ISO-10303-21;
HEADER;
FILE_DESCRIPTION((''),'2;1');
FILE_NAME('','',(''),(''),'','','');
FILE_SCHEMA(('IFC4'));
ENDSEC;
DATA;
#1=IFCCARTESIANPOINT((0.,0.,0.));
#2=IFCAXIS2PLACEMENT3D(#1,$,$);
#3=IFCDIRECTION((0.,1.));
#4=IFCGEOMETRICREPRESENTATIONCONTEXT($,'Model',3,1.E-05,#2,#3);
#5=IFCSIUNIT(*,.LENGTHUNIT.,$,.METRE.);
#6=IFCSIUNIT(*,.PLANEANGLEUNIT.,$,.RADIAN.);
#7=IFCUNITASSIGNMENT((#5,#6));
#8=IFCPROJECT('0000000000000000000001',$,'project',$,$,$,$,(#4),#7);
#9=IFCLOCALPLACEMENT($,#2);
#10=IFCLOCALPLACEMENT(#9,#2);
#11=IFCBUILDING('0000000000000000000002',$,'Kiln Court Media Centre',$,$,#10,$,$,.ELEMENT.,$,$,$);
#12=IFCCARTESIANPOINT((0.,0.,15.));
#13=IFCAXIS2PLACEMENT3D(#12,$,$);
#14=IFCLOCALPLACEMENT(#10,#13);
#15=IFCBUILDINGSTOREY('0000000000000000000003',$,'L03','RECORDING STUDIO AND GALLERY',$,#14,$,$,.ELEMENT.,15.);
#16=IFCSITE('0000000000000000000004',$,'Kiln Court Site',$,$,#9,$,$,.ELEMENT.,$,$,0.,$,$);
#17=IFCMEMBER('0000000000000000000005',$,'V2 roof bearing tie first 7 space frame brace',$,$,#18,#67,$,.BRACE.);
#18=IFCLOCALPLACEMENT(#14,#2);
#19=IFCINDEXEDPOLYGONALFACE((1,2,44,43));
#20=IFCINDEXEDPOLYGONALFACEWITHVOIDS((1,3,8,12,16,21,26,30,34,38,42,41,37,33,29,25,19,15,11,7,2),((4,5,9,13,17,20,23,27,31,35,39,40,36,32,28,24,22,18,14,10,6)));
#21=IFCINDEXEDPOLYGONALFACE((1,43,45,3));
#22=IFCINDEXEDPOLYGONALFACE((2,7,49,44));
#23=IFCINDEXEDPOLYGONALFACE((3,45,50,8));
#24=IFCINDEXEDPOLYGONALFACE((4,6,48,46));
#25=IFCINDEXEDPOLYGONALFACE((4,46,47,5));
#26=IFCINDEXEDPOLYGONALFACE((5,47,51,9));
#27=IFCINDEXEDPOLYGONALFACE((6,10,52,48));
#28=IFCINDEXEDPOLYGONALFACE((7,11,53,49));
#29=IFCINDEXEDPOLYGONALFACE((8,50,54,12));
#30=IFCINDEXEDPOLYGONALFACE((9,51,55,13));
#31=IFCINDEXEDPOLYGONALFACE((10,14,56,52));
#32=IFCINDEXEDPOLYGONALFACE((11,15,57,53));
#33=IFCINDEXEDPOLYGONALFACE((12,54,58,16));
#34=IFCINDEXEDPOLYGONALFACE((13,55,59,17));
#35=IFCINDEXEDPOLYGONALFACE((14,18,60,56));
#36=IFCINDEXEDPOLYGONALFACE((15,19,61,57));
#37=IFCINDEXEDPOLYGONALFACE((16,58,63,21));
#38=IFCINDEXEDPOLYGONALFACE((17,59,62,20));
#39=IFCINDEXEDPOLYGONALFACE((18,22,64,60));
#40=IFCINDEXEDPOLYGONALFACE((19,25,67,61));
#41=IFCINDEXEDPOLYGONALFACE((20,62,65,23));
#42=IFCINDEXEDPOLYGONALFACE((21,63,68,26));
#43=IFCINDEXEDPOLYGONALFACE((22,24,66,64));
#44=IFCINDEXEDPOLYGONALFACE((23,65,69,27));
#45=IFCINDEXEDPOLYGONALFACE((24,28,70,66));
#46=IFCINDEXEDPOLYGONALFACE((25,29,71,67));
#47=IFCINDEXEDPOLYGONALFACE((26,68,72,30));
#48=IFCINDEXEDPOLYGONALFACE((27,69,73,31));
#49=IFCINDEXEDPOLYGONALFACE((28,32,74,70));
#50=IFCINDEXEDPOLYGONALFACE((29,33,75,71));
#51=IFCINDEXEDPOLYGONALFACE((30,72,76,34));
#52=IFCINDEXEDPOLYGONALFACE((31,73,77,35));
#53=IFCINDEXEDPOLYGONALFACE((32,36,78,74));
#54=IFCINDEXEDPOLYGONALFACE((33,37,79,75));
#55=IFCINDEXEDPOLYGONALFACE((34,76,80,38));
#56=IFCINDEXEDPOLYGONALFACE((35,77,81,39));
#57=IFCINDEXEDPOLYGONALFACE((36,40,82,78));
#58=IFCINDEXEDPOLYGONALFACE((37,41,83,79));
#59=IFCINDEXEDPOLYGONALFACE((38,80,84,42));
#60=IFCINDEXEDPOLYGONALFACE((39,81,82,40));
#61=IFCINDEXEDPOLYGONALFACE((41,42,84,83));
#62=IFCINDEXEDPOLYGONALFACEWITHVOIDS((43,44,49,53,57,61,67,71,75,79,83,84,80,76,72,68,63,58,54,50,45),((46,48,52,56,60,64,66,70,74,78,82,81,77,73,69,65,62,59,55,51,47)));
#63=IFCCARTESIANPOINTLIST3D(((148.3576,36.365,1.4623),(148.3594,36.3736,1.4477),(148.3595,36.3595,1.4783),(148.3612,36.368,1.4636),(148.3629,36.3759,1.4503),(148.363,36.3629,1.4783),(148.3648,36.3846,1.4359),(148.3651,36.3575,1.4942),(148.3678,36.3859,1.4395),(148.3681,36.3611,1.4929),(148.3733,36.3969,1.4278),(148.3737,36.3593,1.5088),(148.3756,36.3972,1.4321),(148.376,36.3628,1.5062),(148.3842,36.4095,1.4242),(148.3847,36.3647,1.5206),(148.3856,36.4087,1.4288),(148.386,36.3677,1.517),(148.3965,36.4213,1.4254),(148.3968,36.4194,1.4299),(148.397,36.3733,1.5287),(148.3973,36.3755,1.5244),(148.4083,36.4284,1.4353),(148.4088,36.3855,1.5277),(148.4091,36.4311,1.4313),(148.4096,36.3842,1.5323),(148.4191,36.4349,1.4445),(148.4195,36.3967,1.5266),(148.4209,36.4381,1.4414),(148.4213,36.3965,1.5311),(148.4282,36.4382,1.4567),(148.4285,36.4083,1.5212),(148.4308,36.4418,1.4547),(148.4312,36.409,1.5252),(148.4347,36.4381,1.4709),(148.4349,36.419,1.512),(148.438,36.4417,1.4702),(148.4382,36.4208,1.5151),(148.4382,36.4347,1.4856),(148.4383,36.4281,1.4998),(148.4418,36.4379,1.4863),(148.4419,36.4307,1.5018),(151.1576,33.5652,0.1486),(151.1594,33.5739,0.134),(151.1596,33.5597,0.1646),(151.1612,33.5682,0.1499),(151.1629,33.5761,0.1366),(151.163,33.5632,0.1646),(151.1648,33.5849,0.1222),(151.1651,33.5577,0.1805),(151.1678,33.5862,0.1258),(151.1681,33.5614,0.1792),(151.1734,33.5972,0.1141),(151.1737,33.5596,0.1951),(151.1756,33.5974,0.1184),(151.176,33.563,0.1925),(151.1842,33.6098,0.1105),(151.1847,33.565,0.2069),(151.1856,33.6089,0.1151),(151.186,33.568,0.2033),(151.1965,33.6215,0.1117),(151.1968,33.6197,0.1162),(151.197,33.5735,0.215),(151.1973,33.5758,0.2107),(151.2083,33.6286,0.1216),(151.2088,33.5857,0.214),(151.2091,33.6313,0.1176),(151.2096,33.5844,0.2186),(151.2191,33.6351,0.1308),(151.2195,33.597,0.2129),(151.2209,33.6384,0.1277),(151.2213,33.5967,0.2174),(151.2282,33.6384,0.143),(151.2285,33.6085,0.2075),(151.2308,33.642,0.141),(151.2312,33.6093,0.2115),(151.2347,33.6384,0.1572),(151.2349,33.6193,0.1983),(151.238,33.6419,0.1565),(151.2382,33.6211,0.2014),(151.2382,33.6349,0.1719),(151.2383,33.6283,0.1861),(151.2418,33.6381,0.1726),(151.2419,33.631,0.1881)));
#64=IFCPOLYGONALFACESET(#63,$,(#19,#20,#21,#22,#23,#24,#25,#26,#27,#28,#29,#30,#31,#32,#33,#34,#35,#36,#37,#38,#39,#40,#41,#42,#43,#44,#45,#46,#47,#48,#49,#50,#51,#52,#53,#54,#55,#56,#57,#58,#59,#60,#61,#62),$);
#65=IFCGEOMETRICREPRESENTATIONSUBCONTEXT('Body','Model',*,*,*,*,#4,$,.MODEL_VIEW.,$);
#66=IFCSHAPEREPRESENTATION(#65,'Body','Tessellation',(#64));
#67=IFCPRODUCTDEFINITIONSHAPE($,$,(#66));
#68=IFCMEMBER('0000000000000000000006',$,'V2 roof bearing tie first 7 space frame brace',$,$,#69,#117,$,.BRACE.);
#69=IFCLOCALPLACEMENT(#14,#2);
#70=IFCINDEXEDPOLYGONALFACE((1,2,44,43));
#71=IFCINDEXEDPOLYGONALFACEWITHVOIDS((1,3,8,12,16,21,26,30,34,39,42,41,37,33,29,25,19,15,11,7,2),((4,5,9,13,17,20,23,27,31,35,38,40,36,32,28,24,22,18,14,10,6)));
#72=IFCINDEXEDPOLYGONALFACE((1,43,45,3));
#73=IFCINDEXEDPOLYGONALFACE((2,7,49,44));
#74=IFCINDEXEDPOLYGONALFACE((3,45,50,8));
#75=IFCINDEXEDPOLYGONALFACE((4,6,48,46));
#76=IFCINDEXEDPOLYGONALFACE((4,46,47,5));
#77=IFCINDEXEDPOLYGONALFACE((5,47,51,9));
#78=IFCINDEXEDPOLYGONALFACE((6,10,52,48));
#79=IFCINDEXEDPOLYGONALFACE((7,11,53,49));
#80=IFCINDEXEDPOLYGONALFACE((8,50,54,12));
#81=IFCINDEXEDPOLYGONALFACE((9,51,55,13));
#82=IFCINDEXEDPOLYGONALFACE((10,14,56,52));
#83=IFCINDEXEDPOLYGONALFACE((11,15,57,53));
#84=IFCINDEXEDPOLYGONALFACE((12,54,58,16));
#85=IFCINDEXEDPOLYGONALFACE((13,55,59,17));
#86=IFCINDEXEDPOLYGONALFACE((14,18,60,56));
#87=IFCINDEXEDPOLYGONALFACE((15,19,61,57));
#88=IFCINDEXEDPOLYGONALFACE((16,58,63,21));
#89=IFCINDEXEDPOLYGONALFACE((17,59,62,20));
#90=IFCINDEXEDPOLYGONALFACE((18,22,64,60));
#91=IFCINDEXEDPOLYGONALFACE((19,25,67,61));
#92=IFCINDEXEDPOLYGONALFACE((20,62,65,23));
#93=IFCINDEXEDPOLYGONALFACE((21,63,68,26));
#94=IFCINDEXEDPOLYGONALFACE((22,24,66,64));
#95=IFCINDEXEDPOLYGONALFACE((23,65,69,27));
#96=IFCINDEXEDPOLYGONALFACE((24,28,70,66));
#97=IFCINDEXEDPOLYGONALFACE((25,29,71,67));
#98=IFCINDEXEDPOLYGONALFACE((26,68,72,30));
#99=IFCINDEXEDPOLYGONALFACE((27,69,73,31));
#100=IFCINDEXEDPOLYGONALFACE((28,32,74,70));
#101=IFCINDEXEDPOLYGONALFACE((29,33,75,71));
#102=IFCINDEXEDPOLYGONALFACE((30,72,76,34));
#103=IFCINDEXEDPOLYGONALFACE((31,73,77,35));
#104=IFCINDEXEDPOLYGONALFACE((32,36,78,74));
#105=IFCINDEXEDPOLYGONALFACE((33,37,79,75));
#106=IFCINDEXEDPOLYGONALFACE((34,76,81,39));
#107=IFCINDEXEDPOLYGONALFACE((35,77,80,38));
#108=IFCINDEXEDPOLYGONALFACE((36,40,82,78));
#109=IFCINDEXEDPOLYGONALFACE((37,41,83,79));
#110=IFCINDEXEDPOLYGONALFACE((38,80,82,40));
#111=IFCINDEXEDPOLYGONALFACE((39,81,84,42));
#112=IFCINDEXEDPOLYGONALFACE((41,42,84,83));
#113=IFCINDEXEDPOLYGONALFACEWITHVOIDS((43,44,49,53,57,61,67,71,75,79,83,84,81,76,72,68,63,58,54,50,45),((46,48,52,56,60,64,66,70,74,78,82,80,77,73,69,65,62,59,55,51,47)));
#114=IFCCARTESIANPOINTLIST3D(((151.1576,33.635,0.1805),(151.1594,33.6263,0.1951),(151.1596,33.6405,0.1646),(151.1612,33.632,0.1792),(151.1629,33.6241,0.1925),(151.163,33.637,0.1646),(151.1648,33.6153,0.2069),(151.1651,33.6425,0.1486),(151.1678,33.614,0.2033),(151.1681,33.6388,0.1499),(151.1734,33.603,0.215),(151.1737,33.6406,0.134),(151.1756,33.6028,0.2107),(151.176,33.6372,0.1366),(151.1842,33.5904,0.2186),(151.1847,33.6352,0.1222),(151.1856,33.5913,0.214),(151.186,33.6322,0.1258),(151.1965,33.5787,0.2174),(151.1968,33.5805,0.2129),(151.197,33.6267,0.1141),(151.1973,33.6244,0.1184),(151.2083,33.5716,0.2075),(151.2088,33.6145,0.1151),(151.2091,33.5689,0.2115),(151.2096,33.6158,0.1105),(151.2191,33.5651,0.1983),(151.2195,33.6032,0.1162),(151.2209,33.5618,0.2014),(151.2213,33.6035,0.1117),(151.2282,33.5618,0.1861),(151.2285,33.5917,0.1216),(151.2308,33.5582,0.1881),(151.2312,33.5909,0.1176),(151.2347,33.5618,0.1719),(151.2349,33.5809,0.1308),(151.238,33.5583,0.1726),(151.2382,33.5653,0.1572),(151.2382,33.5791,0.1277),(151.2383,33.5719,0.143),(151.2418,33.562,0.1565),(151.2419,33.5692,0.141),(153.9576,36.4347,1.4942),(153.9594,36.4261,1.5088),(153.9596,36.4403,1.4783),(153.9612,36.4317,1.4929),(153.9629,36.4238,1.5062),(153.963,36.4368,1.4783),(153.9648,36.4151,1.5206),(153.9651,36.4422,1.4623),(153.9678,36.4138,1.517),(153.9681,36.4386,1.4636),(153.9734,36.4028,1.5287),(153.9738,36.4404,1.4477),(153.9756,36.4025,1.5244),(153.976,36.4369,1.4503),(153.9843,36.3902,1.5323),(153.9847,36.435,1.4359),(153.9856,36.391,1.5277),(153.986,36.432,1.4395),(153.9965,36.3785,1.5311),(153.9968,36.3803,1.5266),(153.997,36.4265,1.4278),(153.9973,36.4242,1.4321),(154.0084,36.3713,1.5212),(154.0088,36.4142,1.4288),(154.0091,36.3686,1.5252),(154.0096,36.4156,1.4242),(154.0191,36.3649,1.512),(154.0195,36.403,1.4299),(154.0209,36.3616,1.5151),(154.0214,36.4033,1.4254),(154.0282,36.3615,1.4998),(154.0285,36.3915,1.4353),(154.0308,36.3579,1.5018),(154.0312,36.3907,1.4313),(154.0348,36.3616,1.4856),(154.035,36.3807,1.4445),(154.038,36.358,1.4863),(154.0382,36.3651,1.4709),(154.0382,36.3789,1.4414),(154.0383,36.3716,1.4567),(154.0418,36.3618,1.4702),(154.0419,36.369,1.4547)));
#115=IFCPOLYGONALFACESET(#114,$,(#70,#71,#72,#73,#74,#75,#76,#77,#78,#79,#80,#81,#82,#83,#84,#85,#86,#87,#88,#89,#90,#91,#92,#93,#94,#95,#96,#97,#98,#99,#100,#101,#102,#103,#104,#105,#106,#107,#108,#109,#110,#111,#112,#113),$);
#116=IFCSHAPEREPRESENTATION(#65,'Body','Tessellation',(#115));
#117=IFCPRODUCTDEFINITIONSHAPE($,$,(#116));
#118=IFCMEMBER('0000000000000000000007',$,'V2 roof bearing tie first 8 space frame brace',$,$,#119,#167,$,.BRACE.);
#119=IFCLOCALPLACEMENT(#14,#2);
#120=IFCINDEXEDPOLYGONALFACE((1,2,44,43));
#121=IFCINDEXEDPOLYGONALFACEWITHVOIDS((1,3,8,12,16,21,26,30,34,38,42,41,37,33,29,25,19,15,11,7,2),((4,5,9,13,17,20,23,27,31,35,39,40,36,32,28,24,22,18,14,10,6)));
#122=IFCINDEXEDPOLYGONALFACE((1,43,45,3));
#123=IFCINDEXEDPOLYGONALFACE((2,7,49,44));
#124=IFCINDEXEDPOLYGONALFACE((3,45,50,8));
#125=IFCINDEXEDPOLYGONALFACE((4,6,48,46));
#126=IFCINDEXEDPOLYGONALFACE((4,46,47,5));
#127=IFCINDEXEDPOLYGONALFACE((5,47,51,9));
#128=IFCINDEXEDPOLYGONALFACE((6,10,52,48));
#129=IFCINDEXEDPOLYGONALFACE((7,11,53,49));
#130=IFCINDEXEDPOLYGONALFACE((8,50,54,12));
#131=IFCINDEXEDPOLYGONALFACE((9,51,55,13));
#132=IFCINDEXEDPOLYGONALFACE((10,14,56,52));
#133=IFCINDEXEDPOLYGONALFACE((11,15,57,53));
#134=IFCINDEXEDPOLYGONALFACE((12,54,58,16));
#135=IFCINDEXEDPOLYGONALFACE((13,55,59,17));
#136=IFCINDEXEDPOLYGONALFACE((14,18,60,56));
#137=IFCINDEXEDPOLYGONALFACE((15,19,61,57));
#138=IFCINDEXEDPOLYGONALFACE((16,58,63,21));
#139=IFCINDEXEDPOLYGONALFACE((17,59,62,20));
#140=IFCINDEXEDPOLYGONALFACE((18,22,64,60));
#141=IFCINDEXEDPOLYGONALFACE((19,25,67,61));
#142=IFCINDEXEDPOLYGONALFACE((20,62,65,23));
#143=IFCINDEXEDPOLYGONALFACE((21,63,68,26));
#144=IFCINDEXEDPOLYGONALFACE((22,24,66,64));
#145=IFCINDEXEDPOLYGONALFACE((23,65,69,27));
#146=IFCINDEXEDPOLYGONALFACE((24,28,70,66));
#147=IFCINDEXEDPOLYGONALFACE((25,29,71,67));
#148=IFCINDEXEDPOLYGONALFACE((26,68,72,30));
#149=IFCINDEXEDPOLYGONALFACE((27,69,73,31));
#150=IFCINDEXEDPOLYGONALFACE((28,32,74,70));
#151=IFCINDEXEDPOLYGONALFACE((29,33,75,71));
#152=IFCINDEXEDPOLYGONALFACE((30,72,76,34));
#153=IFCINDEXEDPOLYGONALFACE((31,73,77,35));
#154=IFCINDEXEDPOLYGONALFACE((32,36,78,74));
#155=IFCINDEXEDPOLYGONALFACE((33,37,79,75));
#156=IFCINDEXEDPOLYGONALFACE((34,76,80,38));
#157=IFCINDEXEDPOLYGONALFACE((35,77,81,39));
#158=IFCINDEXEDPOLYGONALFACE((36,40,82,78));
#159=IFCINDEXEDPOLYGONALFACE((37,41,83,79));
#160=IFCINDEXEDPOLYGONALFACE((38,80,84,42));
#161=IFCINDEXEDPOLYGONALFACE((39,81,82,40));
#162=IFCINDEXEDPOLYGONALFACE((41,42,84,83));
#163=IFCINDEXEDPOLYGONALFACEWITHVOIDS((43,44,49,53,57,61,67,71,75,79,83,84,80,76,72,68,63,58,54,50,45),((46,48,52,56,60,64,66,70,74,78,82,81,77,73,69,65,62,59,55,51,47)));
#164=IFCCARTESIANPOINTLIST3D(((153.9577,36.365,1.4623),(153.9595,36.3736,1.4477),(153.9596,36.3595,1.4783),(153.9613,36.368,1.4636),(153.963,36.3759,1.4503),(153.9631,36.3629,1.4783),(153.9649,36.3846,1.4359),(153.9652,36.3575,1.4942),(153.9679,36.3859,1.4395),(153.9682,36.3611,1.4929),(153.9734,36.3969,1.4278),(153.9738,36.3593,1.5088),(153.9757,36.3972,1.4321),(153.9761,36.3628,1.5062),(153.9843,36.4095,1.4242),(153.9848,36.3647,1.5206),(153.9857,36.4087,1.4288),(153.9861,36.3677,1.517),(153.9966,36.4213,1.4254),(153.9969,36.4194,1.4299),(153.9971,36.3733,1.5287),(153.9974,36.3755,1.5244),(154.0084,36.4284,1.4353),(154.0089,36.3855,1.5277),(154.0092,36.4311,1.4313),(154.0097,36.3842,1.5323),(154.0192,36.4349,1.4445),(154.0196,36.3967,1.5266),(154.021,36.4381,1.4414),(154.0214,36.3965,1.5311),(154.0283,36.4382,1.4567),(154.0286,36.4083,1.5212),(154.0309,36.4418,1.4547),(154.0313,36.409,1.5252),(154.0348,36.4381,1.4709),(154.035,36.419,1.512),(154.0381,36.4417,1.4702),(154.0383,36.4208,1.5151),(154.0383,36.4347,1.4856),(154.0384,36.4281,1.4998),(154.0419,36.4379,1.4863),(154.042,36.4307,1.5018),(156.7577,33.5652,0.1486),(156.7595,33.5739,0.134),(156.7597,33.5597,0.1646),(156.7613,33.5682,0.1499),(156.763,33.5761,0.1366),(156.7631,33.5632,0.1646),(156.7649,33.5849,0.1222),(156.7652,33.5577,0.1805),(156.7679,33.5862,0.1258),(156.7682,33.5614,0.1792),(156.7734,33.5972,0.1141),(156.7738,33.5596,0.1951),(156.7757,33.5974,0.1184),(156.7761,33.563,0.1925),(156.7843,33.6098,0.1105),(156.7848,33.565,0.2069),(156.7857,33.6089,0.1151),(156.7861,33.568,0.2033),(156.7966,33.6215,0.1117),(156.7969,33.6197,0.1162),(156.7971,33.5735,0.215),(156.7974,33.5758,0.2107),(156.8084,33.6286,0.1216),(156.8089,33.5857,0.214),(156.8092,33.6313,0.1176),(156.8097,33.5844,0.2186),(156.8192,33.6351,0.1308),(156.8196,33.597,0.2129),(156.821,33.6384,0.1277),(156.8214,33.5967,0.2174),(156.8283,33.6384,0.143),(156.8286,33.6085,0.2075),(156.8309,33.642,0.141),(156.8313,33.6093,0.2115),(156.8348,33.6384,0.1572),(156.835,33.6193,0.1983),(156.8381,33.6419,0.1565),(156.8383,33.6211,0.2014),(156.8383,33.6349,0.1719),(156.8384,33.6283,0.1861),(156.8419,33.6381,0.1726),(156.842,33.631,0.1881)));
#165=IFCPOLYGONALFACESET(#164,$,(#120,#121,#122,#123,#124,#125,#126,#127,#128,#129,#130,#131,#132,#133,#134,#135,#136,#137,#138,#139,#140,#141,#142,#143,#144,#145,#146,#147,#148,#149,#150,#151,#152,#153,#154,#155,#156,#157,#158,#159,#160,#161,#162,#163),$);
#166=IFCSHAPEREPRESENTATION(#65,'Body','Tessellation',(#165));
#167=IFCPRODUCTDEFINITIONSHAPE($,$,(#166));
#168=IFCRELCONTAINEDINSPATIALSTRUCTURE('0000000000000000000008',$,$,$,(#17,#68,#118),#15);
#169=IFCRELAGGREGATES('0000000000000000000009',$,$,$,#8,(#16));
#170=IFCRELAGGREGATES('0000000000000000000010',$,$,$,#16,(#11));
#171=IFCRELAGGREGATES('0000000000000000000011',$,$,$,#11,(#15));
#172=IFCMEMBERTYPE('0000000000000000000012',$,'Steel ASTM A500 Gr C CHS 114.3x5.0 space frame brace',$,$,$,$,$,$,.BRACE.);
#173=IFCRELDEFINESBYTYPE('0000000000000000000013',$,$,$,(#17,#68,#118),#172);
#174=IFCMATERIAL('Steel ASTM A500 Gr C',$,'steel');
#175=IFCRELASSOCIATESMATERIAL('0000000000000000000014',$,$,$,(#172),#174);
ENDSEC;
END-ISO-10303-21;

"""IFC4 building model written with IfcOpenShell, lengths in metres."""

from ifc_helpers import new_model, si_unit, direction, frame, origin, origin_2d, place, context, subcontext, project, spatial, hollow_circle, extrude, material, material_profile, profile_set, type_object, element, save


model = new_model("IFC4")

# Units and contexts
model_context = context("Model", 3, precision=1e-05, world=origin(), true_north=direction((0.0, 1.0)))
body_context = subcontext(model_context, "Body", "Model", "MODEL_VIEW")
ifc_project = project(units=[si_unit("LENGTHUNIT", "METRE"), si_unit("PLANEANGLEUNIT", "RADIAN")], contexts=[model_context])

# Site, building, storey
site_placement = place(None, origin())
site = spatial("IfcSite", under=ifc_project, at=site_placement, Name="Kiln Court Site", CompositionType="ELEMENT", RefElevation=0.0)
building_placement = place(site_placement, origin())
building = spatial("IfcBuilding", under=site, at=building_placement, Name="Kiln Court Media Centre", CompositionType="ELEMENT")
storey_placement = place(building_placement, frame((0.0, 0.0, 15.0)))
storey = spatial("IfcBuildingStorey", under=building, at=storey_placement, Name="L03", Description="RECORDING STUDIO AND GALLERY", CompositionType="ELEMENT", Elevation=15.0)

# Members
ifc_material_1 = material(Name="Steel ASTM A500 Gr C", Category="steel")
ifc_material_profile_1 = material_profile(ifc_material_1, hollow_circle(Radius=0.0571, WallThickness=0.0049, at=origin_2d()), Name="CHS 114.3x5.0")
ifc_profile_set_1 = profile_set([ifc_material_profile_1], Name="Steel ASTM A500 Gr C")
member_type_1 = type_object("IfcMemberType", Name="Steel ASTM A500 Gr C CHS 114.3x5.0 space frame brace", PredefinedType="BRACE", material=ifc_profile_set_1)
for number, where, z_axis, x_axis, name in (
    (1, (151.2, 33.6001, 0.1646), (-0.671163, 0.671105, 0.314895), (-0.707076, -0.707138, 0.0), "V2 roof bearing tie first 7 space frame brace"),
    (2, (151.2, 33.6001, 0.1646), (0.671163, 0.671105, 0.314895), (-0.707076, 0.707138, 0.0), "V2 roof bearing tie first 7 space frame brace"),
    (3, (156.8, 33.6001, 0.1646), (-0.671163, 0.671105, 0.314895), (-0.707076, -0.707138, 0.0), "V2 roof bearing tie first 8 space frame brace"),
):
    element("IfcMember", number, at=place(storey_placement, frame(where, z_axis=z_axis, x_axis=x_axis)), inside=storey, type_object=member_type_1, Name=name, PredefinedType="BRACE", context=body_context, shape_type="SweptSolid", body=[
        extrude(hollow_circle(Radius=0.0571, WallThickness=0.0049, at=origin_2d()), origin(), (0.0, 0.0, 1.0), 4.1719),
    ])

save(model, "model.ifc")
